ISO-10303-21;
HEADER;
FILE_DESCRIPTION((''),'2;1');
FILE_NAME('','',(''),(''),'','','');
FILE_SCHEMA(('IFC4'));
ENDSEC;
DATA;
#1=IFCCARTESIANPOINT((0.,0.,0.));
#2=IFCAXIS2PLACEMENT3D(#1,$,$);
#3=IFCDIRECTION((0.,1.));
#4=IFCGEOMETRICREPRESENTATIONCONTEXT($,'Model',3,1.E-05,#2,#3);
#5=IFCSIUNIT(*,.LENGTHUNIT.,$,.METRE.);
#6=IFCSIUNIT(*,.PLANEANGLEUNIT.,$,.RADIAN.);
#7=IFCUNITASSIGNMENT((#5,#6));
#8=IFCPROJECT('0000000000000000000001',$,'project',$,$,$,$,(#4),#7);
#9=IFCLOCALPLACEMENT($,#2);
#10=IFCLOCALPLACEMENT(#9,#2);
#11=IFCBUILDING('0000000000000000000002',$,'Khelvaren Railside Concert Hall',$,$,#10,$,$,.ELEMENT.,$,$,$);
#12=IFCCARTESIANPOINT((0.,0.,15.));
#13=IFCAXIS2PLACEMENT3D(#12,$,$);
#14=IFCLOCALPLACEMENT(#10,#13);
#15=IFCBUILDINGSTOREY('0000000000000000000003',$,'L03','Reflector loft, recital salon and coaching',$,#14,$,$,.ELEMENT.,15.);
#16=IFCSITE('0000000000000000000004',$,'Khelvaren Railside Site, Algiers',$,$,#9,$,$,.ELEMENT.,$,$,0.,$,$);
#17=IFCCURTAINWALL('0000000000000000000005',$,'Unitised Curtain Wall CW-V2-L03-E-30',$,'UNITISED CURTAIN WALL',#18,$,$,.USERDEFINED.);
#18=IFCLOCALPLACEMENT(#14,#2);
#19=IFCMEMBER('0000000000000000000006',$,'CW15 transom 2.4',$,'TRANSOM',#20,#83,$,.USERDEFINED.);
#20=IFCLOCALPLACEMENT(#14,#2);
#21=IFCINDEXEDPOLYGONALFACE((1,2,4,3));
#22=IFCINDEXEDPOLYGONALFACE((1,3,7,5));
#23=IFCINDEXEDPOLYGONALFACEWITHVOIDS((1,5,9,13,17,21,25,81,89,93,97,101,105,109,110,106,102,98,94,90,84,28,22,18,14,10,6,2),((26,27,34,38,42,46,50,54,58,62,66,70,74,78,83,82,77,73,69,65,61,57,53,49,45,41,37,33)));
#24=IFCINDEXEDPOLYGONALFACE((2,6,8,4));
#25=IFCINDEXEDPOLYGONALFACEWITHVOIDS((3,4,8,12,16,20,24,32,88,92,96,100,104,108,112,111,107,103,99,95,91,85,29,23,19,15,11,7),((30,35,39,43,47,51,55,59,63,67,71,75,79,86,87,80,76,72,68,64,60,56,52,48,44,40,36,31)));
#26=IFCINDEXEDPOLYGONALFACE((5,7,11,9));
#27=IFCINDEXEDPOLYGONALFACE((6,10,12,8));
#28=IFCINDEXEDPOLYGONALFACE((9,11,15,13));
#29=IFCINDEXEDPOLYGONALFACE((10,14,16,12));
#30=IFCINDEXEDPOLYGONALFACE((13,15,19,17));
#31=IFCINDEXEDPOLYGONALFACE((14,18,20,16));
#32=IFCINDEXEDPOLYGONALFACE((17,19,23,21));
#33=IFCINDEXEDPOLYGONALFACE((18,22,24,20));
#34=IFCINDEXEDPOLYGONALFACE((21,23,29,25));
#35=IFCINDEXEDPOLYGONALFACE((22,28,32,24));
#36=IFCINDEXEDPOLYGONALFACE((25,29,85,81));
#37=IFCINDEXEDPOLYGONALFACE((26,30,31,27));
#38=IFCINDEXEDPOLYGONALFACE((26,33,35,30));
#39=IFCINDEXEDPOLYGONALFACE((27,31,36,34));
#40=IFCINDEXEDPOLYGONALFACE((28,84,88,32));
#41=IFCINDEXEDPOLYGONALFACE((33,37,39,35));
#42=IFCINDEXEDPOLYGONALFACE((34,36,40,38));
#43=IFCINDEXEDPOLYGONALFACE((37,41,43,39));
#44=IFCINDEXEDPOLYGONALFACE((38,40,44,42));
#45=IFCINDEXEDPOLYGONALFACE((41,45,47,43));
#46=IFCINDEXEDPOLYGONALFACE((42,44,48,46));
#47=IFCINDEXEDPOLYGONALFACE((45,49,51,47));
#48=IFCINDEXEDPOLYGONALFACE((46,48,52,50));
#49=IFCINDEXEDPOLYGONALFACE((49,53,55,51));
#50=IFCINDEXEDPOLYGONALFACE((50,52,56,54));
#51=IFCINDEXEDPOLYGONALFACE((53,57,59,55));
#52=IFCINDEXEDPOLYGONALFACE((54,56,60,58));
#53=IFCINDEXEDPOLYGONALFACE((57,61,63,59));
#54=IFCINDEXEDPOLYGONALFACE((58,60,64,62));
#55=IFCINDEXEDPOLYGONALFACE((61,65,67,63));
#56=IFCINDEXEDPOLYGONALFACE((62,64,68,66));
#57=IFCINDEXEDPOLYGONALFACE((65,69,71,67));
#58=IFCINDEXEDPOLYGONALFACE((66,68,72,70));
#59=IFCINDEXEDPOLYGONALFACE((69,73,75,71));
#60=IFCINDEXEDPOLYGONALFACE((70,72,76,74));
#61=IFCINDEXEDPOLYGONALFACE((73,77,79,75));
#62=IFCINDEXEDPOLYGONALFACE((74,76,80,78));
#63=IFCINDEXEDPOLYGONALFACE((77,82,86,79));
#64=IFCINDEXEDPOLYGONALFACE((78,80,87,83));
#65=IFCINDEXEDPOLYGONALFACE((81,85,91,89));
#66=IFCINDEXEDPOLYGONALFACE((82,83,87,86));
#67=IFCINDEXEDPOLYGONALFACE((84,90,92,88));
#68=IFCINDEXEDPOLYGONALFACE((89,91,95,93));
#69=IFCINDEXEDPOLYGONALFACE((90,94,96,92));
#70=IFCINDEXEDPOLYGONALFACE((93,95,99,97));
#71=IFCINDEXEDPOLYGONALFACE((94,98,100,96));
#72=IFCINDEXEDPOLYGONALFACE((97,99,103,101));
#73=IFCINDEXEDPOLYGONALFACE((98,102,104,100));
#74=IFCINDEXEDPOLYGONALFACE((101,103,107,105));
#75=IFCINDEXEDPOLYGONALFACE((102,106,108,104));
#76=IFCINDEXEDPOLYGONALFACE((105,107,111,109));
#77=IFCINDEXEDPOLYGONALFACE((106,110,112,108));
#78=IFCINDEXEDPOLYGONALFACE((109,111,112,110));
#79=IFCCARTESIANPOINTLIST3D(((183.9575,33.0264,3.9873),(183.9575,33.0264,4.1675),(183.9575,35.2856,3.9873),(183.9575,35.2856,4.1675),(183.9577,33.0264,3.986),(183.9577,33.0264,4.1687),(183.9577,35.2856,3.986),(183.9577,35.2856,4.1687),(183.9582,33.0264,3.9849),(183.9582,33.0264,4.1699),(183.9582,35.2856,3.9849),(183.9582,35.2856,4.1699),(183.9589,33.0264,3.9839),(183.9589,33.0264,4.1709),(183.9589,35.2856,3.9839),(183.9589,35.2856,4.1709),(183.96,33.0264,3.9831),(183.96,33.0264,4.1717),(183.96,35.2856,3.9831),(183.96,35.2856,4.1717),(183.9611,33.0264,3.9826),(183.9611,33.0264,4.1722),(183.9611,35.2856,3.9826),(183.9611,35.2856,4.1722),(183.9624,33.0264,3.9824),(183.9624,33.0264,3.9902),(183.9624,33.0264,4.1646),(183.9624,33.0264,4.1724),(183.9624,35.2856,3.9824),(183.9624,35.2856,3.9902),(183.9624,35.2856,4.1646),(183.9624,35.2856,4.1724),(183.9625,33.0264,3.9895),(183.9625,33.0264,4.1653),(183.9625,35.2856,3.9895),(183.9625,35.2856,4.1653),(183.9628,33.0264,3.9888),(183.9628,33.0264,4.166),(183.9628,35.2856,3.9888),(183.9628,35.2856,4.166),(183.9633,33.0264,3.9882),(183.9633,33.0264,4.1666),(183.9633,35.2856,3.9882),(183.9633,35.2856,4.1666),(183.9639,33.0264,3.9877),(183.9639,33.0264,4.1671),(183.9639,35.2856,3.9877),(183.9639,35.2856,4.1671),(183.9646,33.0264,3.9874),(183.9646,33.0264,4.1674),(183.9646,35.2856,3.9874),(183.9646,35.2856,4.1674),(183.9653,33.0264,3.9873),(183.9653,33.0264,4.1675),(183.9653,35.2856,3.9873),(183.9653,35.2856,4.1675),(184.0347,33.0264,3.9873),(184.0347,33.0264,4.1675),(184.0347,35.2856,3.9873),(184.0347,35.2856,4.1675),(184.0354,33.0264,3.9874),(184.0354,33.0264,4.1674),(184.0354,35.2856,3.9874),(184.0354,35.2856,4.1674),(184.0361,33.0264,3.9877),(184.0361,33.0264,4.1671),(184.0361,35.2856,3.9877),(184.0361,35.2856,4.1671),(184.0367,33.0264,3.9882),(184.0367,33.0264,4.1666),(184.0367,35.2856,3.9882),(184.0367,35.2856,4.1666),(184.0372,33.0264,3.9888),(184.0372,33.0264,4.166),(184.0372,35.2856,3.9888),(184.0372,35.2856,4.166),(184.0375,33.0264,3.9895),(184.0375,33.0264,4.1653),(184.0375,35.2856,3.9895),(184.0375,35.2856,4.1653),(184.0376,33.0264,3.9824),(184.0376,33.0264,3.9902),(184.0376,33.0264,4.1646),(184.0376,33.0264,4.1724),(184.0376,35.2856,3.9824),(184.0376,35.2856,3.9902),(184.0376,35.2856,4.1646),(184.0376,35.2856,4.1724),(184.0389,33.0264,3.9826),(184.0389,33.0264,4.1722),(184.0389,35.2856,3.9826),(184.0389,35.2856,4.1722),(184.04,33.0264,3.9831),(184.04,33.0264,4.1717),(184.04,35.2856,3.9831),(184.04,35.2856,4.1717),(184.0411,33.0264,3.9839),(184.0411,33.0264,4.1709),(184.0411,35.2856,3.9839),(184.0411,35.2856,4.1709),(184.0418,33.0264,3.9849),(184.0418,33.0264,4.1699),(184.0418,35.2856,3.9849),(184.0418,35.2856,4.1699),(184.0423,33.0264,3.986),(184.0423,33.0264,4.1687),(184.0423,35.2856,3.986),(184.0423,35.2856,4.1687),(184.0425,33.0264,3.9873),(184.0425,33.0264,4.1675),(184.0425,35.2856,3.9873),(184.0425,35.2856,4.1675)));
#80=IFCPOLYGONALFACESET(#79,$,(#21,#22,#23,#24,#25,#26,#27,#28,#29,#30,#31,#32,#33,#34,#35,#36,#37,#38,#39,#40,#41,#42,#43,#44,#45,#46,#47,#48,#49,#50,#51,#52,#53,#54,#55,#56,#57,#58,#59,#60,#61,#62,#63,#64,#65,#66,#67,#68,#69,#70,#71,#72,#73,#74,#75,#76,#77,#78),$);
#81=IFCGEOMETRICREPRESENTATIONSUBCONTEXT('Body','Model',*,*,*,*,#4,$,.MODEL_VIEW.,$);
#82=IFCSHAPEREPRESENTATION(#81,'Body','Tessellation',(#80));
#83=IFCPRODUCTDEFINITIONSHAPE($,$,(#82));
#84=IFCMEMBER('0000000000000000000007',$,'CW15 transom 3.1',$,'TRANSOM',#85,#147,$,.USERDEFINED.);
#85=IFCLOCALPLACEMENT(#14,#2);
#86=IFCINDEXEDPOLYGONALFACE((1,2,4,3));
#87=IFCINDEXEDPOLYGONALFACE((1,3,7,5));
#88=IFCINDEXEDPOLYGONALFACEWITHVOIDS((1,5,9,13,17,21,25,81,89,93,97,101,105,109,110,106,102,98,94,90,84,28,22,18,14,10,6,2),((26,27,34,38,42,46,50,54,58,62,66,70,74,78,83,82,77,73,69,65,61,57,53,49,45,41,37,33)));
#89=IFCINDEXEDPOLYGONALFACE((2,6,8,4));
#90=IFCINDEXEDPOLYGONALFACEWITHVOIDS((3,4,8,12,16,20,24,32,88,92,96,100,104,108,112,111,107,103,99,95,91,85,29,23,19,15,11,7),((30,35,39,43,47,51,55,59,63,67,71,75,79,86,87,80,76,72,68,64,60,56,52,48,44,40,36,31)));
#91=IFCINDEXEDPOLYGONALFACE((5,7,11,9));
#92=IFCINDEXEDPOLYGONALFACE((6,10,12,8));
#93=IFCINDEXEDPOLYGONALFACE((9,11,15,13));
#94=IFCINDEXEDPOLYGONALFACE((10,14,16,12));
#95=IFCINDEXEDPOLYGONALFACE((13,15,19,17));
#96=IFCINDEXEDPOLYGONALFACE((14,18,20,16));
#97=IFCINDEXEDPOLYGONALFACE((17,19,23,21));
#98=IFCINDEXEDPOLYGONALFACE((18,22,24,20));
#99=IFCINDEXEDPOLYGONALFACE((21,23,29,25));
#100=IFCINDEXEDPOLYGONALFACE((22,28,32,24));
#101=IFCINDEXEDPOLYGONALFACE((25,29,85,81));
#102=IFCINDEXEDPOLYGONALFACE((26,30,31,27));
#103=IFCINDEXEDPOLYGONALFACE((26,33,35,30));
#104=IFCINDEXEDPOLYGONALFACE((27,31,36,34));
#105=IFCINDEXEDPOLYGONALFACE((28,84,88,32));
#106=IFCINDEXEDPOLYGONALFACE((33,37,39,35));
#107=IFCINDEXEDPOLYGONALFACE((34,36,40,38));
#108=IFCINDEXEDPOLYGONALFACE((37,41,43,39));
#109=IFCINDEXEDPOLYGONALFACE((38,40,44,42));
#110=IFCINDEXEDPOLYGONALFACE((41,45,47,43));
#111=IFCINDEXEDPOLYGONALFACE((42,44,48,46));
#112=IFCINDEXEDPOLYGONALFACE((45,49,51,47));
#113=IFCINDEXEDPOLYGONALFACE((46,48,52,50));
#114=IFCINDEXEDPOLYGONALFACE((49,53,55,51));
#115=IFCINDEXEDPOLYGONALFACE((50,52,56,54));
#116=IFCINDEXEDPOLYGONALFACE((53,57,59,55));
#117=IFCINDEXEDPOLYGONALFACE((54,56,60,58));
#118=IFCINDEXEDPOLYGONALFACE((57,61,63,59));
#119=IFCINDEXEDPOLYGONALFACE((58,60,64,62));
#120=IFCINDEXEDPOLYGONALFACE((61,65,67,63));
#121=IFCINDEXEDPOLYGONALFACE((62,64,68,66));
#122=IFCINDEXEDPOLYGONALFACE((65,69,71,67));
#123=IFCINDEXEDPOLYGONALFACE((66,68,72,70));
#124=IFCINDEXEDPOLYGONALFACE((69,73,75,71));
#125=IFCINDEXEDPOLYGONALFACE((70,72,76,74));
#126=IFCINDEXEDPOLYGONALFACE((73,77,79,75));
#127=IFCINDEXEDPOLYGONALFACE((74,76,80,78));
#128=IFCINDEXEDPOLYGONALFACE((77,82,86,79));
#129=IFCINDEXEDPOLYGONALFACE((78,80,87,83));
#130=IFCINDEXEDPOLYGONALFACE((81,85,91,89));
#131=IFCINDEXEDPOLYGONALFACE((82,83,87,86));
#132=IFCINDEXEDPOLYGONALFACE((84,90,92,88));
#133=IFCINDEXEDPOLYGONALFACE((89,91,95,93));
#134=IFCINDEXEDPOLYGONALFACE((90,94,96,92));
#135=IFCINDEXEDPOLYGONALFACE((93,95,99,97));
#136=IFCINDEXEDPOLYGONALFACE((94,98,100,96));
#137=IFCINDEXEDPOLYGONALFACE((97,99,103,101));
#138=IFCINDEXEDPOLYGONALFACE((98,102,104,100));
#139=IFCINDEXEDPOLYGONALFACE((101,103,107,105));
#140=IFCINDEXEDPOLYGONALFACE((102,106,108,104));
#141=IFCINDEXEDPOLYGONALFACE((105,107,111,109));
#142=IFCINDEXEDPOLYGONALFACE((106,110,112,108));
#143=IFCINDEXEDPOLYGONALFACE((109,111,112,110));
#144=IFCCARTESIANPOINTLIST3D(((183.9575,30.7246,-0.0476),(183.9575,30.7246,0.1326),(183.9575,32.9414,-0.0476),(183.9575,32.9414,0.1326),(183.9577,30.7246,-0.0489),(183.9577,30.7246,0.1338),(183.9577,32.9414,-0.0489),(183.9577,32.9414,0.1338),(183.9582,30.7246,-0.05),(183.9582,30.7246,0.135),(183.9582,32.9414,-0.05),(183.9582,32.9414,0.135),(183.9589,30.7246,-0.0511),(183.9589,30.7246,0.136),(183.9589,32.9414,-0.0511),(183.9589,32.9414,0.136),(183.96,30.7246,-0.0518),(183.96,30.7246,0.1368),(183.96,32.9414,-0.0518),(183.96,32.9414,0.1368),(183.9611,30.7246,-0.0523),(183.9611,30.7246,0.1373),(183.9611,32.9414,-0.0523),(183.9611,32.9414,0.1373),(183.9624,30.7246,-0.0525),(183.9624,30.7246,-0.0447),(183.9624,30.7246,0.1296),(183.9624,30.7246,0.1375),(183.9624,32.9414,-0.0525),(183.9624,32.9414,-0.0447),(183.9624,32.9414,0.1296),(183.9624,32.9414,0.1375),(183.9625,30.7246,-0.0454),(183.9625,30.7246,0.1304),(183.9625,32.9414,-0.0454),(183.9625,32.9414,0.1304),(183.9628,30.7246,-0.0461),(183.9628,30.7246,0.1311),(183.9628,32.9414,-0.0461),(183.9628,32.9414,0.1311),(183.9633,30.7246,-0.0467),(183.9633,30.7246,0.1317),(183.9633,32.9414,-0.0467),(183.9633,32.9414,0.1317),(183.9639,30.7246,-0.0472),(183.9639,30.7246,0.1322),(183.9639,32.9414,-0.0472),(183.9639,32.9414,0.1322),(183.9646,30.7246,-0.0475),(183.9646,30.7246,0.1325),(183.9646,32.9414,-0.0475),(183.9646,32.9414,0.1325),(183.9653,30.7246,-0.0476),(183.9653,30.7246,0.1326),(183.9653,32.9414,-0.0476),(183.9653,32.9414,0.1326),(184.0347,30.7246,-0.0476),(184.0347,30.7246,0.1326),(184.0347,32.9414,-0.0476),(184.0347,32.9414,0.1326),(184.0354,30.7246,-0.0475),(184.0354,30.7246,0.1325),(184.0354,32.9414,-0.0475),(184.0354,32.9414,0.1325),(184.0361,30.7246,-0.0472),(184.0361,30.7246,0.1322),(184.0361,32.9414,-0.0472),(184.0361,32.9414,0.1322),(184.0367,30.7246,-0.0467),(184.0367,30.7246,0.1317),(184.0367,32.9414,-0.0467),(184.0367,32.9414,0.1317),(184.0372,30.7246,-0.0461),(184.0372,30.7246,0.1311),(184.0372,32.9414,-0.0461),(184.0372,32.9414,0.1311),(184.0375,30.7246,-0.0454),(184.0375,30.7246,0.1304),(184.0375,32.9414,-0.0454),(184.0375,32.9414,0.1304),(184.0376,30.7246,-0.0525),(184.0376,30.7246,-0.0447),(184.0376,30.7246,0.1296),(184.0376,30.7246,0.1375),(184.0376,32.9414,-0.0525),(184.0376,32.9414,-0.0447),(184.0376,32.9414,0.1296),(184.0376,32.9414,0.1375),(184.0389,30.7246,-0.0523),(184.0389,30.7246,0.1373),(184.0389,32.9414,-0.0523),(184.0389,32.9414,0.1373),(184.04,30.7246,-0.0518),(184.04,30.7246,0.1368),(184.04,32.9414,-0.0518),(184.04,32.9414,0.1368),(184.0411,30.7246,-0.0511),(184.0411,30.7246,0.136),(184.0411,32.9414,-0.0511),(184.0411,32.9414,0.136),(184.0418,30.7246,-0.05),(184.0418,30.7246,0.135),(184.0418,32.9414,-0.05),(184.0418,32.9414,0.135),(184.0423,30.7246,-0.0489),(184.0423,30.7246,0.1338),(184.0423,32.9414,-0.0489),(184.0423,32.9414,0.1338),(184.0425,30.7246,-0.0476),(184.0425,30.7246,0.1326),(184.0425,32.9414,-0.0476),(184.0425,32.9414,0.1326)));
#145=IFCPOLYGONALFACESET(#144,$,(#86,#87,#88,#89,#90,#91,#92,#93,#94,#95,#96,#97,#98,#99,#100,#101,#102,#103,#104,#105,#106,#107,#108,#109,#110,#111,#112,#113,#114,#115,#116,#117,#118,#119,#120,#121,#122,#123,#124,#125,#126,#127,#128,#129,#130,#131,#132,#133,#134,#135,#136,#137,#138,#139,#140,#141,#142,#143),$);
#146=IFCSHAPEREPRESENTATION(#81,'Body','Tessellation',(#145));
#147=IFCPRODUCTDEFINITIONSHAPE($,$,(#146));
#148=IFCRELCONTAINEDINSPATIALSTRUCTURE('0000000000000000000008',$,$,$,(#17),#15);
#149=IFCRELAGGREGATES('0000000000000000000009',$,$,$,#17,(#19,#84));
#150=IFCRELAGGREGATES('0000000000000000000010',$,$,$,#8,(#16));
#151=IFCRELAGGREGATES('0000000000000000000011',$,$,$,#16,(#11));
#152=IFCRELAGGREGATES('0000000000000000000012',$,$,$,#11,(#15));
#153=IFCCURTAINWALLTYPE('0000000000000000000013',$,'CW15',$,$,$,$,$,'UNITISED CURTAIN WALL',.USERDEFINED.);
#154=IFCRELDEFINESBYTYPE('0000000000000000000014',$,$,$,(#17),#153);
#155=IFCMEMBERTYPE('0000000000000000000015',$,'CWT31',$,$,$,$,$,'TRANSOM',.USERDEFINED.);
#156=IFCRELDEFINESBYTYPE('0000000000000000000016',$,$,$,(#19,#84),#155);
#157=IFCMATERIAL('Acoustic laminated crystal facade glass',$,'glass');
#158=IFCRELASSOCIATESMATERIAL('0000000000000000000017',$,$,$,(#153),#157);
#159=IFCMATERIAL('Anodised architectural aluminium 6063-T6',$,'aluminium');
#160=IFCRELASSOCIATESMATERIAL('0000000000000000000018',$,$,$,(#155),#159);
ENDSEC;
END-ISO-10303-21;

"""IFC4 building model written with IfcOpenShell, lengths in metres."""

from ifc_helpers import new_model, si_unit, direction, frame, origin, origin_2d, place, context, subcontext, project, spatial, hollow_rectangle, extrude, material, material_profile, profile_set, type_object, element, aggregate, save


model = new_model("IFC4")

# Units and contexts
model_context = context("Model", 3, precision=1e-05, world=origin(), true_north=direction((0.0, 1.0)))
body_context = subcontext(model_context, "Body", "Model", "MODEL_VIEW")
ifc_project = project(units=[si_unit("LENGTHUNIT", "METRE"), si_unit("PLANEANGLEUNIT", "RADIAN")], contexts=[model_context])

# Site, building, storey
site_placement = place(None, origin())
site = spatial("IfcSite", under=ifc_project, at=site_placement, Name="Khelvaren Railside Site, Algiers", CompositionType="ELEMENT", RefElevation=0.0)
building_placement = place(site_placement, origin())
building = spatial("IfcBuilding", under=site, at=building_placement, Name="Khelvaren Railside Concert Hall", CompositionType="ELEMENT")
storey_placement = place(building_placement, frame((0.0, 0.0, 15.0)))
storey = spatial("IfcBuildingStorey", under=building, at=storey_placement, Name="L03", Description="Reflector loft, recital salon and coaching", CompositionType="ELEMENT", Elevation=15.0)

# Shared definitions
ifc_material_1 = material(Name="Anodised architectural aluminium 6063-T6", Category="aluminium")

# Curtain wall, members
ifc_material_2 = material(Name="Acoustic laminated crystal facade glass", Category="glass")
curtain_wall_type_1 = type_object("IfcCurtainWallType", Name="CW15", ElementType="UNITISED CURTAIN WALL", PredefinedType="USERDEFINED", material=ifc_material_2)
curtain_wall_1_placement = place(storey_placement, origin())
curtain_wall_1 = element("IfcCurtainWall", 1, at=curtain_wall_1_placement, inside=storey, type_object=curtain_wall_type_1, Name="Unitised Curtain Wall CW-V2-L03-E-30", ObjectType="UNITISED CURTAIN WALL", PredefinedType="USERDEFINED")
ifc_material_profile_1 = material_profile(ifc_material_1, hollow_rectangle(XDim=0.085, YDim=0.1899, WallThickness=0.0049, InnerFilletRadius=0.0029, OuterFilletRadius=0.0049, at=origin_2d()), Name="CWT 85x190x5")
ifc_profile_set_1 = profile_set([ifc_material_profile_1], Name="Anodised architectural aluminium 6063-T6")
member_type_1 = type_object("IfcMemberType", Name="CWT31", ElementType="TRANSOM", PredefinedType="USERDEFINED", material=ifc_profile_set_1)
member_1_placement = place(storey_placement, frame((184.0, 35.2856, 4.0774), z_axis=(0.0, -1.0, 0.0), x_axis=(1.0, 0.0, 0.0)))
member_1 = element("IfcMember", 2, at=member_1_placement, type_object=member_type_1, Name="CW15 transom 2.4", ObjectType="TRANSOM", PredefinedType="USERDEFINED", context=body_context, shape_type="SweptSolid", body=[
    extrude(hollow_rectangle(XDim=0.085, YDim=0.1899, WallThickness=0.0049, InnerFilletRadius=0.0029, OuterFilletRadius=0.0049, at=origin_2d()), origin(), (0.0, 0.0, 1.0), 2.2593),
])
member_2_placement = place(storey_placement, frame((184.0, 32.9414, 0.0425), z_axis=(0.0, -1.0, 0.0), x_axis=(1.0, 0.0, 0.0)))
member_2 = element("IfcMember", 3, at=member_2_placement, type_object=member_type_1, Name="CW15 transom 3.1", ObjectType="TRANSOM", PredefinedType="USERDEFINED", context=body_context, shape_type="SweptSolid", body=[
    extrude(hollow_rectangle(XDim=0.085, YDim=0.1899, WallThickness=0.0049, InnerFilletRadius=0.0029, OuterFilletRadius=0.0049, at=origin_2d()), origin(), (0.0, 0.0, 1.0), 2.2168),
])

aggregate(curtain_wall_1, [member_1, member_2])

save(model, "model.ifc")
